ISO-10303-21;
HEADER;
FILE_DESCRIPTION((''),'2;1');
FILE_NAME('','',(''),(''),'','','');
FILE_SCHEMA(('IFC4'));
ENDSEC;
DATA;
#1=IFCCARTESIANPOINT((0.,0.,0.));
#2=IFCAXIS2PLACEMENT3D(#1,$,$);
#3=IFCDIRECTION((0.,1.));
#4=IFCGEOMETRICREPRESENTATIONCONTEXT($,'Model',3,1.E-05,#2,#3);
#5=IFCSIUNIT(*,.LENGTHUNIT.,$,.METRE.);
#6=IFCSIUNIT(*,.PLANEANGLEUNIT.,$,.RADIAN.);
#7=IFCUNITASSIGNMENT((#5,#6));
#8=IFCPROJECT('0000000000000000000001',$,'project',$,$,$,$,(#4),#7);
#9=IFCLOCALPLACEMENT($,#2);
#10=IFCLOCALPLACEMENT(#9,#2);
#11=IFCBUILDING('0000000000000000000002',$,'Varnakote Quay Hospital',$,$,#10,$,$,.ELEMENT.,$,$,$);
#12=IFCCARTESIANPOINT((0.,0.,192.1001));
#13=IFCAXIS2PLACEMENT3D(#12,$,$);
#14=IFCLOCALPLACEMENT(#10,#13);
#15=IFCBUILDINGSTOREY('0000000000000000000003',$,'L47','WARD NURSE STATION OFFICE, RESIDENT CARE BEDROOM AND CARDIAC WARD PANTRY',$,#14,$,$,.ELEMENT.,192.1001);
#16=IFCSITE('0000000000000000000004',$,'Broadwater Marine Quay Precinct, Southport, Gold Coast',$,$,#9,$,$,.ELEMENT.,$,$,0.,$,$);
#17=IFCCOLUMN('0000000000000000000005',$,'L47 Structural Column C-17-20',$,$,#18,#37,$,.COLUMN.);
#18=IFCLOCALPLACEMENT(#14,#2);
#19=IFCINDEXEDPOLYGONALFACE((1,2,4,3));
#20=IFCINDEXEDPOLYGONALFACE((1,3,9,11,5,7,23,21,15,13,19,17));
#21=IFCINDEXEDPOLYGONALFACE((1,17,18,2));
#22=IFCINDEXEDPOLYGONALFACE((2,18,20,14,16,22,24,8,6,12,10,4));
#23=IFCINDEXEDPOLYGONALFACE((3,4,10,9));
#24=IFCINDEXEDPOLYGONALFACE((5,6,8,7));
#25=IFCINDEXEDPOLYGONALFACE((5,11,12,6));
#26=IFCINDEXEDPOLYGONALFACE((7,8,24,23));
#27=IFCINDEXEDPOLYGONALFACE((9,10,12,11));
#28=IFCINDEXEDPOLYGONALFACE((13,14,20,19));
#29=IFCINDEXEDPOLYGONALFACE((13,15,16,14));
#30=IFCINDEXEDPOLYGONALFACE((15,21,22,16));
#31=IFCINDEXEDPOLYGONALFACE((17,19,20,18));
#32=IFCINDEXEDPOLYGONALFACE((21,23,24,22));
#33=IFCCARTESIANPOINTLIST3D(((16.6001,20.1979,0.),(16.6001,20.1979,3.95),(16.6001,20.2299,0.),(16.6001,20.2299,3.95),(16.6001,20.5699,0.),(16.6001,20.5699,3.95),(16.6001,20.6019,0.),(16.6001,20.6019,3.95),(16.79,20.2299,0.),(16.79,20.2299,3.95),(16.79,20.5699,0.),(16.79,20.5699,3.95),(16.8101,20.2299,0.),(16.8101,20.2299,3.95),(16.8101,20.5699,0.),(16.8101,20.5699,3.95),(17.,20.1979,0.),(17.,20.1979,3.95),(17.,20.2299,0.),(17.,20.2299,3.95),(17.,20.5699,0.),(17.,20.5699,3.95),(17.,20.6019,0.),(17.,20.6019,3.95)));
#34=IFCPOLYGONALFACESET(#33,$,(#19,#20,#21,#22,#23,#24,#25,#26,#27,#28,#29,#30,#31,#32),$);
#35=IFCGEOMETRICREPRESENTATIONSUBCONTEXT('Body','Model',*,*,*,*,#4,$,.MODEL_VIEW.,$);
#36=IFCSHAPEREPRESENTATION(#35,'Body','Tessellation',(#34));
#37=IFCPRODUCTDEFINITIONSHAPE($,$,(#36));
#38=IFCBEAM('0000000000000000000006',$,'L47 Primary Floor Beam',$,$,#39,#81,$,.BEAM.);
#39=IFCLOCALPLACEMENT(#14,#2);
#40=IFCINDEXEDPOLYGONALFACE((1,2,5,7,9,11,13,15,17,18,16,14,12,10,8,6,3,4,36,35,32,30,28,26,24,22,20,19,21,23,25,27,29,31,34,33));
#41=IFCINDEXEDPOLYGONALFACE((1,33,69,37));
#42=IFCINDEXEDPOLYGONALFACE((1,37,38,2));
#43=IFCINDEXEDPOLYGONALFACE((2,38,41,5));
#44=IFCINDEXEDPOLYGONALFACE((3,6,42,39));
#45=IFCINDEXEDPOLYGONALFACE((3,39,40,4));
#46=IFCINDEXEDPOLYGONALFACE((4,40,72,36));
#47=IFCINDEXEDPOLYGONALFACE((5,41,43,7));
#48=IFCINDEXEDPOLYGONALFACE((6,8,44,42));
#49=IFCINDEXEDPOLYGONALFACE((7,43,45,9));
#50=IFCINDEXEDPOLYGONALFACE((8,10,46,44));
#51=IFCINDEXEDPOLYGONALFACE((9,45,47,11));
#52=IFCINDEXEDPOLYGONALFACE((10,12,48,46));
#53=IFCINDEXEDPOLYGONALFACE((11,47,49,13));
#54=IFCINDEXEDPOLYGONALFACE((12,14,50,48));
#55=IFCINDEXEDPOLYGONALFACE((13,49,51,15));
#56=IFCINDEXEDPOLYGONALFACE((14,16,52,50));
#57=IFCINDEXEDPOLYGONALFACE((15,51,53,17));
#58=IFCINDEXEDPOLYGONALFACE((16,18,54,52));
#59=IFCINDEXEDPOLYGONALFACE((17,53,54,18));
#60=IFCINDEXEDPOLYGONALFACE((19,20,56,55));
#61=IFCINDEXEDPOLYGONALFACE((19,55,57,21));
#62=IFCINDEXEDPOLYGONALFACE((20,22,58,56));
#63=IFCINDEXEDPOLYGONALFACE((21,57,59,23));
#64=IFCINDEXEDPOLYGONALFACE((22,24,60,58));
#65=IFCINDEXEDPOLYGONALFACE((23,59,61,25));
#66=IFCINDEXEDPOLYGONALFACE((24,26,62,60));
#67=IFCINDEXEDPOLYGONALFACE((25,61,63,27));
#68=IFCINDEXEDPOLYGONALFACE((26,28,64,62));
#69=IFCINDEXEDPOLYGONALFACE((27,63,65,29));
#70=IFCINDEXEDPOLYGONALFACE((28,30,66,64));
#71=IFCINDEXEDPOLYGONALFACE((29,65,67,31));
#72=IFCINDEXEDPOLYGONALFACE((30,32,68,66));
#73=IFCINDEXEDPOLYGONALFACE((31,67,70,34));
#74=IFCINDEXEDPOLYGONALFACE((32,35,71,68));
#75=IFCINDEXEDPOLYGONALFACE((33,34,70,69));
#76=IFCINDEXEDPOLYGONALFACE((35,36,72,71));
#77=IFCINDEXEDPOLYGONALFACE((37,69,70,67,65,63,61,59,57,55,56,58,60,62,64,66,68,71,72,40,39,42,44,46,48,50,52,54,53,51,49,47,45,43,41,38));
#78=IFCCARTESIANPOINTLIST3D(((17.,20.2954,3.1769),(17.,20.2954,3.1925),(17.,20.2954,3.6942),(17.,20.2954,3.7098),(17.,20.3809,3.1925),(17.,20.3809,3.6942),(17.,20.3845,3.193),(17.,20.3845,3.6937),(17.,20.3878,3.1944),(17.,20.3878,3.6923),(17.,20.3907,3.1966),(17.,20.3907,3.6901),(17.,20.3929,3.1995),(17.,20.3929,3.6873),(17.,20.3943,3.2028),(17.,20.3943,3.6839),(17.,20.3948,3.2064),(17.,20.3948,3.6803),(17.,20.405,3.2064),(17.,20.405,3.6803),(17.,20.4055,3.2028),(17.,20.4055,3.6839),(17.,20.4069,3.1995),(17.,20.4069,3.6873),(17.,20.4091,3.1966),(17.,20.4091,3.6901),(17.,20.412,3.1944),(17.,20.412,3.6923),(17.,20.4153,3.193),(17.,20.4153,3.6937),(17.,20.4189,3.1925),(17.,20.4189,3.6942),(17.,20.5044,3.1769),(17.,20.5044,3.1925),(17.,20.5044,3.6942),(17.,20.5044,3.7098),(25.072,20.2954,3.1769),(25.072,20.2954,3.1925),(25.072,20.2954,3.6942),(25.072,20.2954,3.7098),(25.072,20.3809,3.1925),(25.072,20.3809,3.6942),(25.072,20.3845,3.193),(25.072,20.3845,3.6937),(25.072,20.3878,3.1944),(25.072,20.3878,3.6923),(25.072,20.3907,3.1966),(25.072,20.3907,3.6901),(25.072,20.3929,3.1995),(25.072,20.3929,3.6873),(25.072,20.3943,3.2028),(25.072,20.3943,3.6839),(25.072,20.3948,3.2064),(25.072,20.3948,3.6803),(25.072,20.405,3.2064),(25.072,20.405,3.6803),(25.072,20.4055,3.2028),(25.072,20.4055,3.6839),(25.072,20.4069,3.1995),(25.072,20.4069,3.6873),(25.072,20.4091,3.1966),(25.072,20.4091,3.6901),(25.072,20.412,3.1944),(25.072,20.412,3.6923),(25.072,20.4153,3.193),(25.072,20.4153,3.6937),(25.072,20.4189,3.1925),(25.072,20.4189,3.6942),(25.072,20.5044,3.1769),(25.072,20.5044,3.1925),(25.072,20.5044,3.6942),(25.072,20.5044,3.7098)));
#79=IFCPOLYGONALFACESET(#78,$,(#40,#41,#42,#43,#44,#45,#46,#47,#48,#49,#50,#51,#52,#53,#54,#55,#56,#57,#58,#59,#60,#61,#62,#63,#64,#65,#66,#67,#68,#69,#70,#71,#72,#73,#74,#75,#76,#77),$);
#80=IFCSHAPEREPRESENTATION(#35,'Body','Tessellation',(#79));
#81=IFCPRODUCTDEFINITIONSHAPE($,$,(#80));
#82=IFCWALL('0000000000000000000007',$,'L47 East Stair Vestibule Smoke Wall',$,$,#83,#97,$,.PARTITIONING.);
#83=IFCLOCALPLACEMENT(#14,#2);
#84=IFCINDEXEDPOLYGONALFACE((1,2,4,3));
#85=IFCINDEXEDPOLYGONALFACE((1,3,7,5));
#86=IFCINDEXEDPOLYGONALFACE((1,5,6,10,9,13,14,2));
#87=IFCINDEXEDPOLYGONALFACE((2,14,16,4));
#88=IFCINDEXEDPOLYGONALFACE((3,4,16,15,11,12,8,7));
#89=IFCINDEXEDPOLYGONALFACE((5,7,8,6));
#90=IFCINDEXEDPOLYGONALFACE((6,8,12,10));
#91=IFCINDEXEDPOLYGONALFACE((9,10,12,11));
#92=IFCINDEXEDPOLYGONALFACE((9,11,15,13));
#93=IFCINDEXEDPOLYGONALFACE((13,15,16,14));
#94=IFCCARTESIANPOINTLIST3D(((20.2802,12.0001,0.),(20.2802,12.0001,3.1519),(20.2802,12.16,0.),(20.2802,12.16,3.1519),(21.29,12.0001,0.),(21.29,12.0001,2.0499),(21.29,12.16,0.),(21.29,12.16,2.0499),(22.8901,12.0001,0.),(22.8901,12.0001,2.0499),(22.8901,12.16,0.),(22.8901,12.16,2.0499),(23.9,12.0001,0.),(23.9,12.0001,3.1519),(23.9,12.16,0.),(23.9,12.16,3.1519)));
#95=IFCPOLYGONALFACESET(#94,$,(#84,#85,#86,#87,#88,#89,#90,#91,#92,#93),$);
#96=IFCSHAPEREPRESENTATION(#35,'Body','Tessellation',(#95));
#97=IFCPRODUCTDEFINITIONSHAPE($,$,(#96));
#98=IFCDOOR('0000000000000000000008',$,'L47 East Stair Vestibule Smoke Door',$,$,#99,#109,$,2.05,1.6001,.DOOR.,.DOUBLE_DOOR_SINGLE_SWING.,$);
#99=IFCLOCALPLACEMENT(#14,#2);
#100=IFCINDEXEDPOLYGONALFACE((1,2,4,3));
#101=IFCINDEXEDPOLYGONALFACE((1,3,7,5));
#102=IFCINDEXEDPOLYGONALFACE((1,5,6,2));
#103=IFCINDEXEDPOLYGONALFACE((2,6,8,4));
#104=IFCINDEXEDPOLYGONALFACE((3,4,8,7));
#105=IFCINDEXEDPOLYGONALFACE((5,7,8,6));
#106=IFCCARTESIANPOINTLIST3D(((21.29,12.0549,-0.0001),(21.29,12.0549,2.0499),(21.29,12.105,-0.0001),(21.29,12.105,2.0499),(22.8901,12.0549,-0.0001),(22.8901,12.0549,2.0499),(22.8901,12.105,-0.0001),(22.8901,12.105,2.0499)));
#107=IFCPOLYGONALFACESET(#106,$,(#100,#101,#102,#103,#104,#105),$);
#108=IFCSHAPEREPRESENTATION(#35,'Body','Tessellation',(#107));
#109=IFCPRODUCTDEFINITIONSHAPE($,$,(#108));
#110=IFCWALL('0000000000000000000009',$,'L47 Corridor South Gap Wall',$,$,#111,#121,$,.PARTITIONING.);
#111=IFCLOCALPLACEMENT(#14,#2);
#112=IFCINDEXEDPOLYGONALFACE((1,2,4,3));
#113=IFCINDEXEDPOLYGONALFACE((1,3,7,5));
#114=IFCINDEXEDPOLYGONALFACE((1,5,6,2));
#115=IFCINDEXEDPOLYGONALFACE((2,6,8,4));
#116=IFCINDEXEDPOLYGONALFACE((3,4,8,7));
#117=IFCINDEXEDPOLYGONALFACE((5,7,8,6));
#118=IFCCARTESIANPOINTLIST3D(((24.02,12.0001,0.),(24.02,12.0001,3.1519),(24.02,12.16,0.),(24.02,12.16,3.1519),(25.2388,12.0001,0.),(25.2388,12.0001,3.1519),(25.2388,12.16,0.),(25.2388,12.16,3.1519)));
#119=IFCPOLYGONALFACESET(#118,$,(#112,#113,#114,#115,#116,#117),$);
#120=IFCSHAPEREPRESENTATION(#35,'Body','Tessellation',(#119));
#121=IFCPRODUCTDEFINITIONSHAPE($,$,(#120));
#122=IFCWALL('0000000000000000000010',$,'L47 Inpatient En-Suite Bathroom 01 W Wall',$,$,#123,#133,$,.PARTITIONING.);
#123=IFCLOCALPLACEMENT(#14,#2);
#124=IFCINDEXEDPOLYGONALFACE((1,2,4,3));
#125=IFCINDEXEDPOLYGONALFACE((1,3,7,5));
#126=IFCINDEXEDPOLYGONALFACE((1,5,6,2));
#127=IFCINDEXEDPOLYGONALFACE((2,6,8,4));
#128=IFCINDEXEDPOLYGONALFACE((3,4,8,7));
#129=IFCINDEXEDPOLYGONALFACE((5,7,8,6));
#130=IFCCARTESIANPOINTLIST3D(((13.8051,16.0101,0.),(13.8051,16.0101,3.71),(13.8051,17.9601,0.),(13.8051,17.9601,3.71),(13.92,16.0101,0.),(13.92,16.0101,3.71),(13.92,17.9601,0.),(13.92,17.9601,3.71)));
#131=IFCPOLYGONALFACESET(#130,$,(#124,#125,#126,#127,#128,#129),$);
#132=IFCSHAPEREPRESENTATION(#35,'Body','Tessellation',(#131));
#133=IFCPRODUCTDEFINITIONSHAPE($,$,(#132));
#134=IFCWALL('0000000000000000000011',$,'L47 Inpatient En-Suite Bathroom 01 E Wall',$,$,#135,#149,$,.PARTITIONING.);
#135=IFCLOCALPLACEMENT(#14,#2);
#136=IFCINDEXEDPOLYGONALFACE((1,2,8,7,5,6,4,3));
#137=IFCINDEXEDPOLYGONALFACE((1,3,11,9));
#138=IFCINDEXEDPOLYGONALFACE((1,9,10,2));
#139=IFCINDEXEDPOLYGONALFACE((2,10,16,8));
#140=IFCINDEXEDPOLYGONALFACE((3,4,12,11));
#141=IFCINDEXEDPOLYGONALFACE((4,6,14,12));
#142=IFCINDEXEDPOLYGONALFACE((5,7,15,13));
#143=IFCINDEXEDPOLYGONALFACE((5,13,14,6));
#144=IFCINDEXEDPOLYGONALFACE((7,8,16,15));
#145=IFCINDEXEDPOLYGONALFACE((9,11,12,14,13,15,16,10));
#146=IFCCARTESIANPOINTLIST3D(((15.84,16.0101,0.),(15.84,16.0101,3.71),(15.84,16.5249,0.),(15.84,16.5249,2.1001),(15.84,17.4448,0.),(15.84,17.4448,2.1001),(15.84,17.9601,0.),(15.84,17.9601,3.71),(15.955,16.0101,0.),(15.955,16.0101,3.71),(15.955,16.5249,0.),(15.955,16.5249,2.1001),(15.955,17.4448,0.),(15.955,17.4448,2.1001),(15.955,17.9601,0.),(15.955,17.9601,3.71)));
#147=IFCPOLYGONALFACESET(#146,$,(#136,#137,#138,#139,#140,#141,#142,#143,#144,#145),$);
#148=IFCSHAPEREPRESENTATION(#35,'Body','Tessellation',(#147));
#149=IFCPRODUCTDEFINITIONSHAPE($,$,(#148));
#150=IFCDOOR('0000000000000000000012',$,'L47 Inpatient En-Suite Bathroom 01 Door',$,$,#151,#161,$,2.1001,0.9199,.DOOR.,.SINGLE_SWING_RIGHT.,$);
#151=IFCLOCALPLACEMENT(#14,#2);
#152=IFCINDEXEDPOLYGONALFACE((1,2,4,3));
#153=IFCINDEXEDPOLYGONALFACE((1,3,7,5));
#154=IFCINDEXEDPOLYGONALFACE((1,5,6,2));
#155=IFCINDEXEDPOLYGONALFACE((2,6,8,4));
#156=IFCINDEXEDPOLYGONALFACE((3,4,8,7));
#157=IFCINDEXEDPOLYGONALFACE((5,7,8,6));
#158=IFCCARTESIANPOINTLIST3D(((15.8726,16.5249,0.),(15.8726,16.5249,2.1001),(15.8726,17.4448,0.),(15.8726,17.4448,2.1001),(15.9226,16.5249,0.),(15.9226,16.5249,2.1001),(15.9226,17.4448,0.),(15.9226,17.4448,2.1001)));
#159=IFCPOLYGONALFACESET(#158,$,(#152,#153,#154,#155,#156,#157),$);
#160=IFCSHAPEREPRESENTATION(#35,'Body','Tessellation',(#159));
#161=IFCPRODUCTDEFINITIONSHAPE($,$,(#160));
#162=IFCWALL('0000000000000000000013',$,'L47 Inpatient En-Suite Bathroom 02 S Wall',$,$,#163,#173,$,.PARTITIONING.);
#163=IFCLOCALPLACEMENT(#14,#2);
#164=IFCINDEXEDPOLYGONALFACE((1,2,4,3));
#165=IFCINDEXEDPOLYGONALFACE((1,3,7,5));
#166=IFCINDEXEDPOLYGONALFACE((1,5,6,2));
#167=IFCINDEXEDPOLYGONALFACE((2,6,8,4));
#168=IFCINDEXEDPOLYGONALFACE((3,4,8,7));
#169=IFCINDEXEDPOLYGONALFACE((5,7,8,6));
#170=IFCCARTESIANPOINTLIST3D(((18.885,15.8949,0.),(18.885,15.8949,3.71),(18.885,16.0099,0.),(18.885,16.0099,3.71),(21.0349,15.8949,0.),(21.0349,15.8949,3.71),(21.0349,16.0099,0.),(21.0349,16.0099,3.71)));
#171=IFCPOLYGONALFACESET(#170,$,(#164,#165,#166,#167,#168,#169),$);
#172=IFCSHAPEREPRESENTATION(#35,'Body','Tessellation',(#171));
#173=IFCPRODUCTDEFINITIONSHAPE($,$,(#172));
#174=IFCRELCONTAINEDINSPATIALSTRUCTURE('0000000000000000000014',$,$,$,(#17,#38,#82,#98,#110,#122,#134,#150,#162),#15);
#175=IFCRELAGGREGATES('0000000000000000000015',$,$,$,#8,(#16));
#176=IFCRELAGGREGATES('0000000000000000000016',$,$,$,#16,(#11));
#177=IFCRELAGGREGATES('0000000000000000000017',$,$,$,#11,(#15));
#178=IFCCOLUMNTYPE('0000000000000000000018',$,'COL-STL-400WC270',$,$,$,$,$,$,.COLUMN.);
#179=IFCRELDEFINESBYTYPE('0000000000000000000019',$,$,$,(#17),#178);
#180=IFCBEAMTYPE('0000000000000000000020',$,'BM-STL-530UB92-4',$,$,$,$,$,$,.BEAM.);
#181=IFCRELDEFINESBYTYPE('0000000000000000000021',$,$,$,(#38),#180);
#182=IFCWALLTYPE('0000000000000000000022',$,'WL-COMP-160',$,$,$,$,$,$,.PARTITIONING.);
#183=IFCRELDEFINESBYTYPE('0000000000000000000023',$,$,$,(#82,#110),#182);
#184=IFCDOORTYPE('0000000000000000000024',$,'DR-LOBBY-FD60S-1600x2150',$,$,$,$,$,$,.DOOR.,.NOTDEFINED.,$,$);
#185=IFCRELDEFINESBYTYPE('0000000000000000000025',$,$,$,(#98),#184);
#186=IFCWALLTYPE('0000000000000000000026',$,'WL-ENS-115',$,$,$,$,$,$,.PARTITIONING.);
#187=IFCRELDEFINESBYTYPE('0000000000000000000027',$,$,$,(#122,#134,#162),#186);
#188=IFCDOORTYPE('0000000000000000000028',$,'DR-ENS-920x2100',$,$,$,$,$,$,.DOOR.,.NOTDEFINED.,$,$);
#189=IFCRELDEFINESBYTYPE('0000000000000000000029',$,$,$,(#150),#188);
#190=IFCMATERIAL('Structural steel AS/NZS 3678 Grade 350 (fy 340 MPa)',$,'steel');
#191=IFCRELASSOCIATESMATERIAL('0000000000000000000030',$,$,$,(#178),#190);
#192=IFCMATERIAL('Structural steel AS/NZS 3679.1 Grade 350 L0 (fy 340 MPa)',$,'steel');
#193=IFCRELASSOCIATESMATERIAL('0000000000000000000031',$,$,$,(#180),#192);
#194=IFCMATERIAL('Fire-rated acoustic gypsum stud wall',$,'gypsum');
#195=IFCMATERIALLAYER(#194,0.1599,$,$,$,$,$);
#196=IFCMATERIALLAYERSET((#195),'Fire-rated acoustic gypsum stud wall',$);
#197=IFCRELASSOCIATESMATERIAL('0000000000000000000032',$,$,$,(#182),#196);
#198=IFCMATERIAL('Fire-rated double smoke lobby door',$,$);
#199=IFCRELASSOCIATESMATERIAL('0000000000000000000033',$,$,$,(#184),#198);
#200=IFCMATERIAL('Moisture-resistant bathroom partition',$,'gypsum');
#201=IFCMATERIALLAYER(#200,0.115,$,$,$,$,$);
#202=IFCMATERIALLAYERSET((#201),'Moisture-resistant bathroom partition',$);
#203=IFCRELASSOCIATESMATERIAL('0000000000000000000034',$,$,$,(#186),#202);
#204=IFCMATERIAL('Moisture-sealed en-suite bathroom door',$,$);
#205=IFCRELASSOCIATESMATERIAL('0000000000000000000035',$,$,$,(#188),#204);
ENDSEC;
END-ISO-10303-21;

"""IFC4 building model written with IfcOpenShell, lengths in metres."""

from ifc_helpers import new_model, si_unit, direction, frame, frame_2d, origin, origin_2d, place, context, subcontext, project, spatial, rectangle, i_section, extrude, material, layer, layer_set, material_profile, profile_set, type_object, element, fill, save


model = new_model("IFC4")

# Units and contexts
model_context = context("Model", 3, precision=1e-05, world=origin(), true_north=direction((0.0, 1.0)))
body_context = subcontext(model_context, "Body", "Model", "MODEL_VIEW")
ifc_project = project(units=[si_unit("LENGTHUNIT", "METRE"), si_unit("PLANEANGLEUNIT", "RADIAN")], contexts=[model_context])

# Site, building, storey
site_placement = place(None, origin())
site = spatial("IfcSite", under=ifc_project, at=site_placement, Name="Broadwater Marine Quay Precinct, Southport, Gold Coast", CompositionType="ELEMENT", RefElevation=0.0)
building_placement = place(site_placement, origin())
building = spatial("IfcBuilding", under=site, at=building_placement, Name="Varnakote Quay Hospital", CompositionType="ELEMENT")
storey_placement = place(building_placement, frame((0.0, 0.0, 192.1001)))
storey = spatial("IfcBuildingStorey", under=building, at=storey_placement, Name="L47", Description="WARD NURSE STATION OFFICE, RESIDENT CARE BEDROOM AND CARDIAC WARD PANTRY", CompositionType="ELEMENT", Elevation=192.1001)

# Column
ifc_material_1 = material(Name="Structural steel AS/NZS 3678 Grade 350 (fy 340 MPa)", Category="steel")
ifc_material_profile_1 = material_profile(ifc_material_1, i_section(OverallWidth=0.3999, OverallDepth=0.4041, WebThickness=0.02, FlangeThickness=0.032, at=origin_2d()), Name="400WC270")
ifc_profile_set_1 = profile_set([ifc_material_profile_1], Name="Structural steel AS/NZS 3678 Grade 350 (fy 340 MPa)")
column_type = type_object("IfcColumnType", Name="COL-STL-400WC270", PredefinedType="COLUMN", material=ifc_profile_set_1)
column_placement = place(storey_placement, frame((16.8, 20.3999, 0.0), z_axis=(0.0, 0.0, 1.0), x_axis=(1.0, 0.0, 0.0)))
element("IfcColumn", 1, at=column_placement, inside=storey, type_object=column_type, Name="L47 Structural Column C-17-20", PredefinedType="COLUMN", context=body_context, shape_type="SweptSolid", body=[
    extrude(i_section(OverallWidth=0.3999, OverallDepth=0.4041, WebThickness=0.02, FlangeThickness=0.032, at=origin_2d()), origin(), (0.0, 0.0, 1.0), 3.95),
])

# Beam
ifc_material_2 = material(Name="Structural steel AS/NZS 3679.1 Grade 350 L0 (fy 340 MPa)", Category="steel")
ifc_material_profile_2 = material_profile(ifc_material_2, i_section(OverallWidth=0.209, OverallDepth=0.533, WebThickness=0.0103, FlangeThickness=0.0156, FilletRadius=0.0139, at=origin_2d()), Name="530UB92.4")
ifc_profile_set_2 = profile_set([ifc_material_profile_2], Name="Structural steel AS/NZS 3679.1 Grade 350 L0 (fy 340 MPa)")
beam_type = type_object("IfcBeamType", Name="BM-STL-530UB92-4", PredefinedType="BEAM", material=ifc_profile_set_2)
beam_placement = place(storey_placement, frame((17.0, 20.3999, 3.4434), z_axis=(1.0, 0.0, 0.0), x_axis=(0.0, 1.0, 0.0)))
element("IfcBeam", 2, at=beam_placement, inside=storey, type_object=beam_type, Name="L47 Primary Floor Beam", PredefinedType="BEAM", context=body_context, shape_type="SweptSolid", body=[
    extrude(i_section(OverallWidth=0.209, OverallDepth=0.533, WebThickness=0.0103, FlangeThickness=0.0156, FilletRadius=0.0139, at=origin_2d()), origin(), (0.0, 0.0, 1.0), 8.072),
])

# Wall, opening, door
ifc_material_3 = material(Name="Fire-rated acoustic gypsum stud wall", Category="gypsum")
ifc_layer_1 = layer(ifc_material_3, 0.1599)
ifc_layer_set_1 = layer_set([ifc_layer_1], Name="Fire-rated acoustic gypsum stud wall")
wall_type_1 = type_object("IfcWallType", Name="WL-COMP-160", PredefinedType="PARTITIONING", material=ifc_layer_set_1)
wall_1_placement = place(storey_placement, frame((20.28, 12.0801, 0.0), z_axis=(0.0, 0.0, 1.0), x_axis=(1.0, 0.0, 0.0)))
wall_1 = element("IfcWall", 3, at=wall_1_placement, inside=storey, type_object=wall_type_1, Name="L47 East Stair Vestibule Smoke Wall", PredefinedType="PARTITIONING", context=body_context, shape_type="SweptSolid", body=[
    extrude(rectangle(XDim=3.6199, YDim=0.1599, at=frame_2d((1.8101, 0.0))), origin(), (0.0, 0.0, 1.0), 3.1519),
])
opening_1_placement = place(wall_1_placement, frame((1.01, 0.0, 0.0)))
opening_1 = element("IfcOpeningElement", 4, at=opening_1_placement, cuts=wall_1, PredefinedType="OPENING", context=body_context, shape_type="SweptSolid", body=[
    extrude(rectangle(XDim=1.6001, YDim=2.05, at=frame_2d((0.8, 1.0249))), frame((0.0, 0.0898, 0.0), z_axis=(0.0, -1.0, 0.0), x_axis=(1.0, 0.0, 0.0)), (0.0, 0.0, 1.0), 0.1799),
])
ifc_material_4 = material(Name="Fire-rated double smoke lobby door")
door_type_1 = type_object("IfcDoorType", Name="DR-LOBBY-FD60S-1600x2150", OperationType="NOTDEFINED", PredefinedType="DOOR", material=ifc_material_4)
door_1_placement = place(opening_1_placement, origin())
door_1 = element("IfcDoor", 5, at=door_1_placement, inside=storey, type_object=door_type_1, Name="L47 East Stair Vestibule Smoke Door", OperationType="DOUBLE_DOOR_SINGLE_SWING", OverallHeight=2.05, OverallWidth=1.6001, PredefinedType="DOOR", context=body_context, shape_type="SweptSolid", body=[
    extrude(rectangle(XDim=1.6001, YDim=2.05, at=frame_2d((0.8, 1.0249))), frame((0.0, 0.0249, 0.0), z_axis=(0.0, -1.0, 0.0), x_axis=(1.0, 0.0, 0.0)), (0.0, 0.0, 1.0), 0.05),
])
fill(opening_1, door_1)

# Walls
wall_2_placement = place(storey_placement, frame((24.02, 12.0801, 0.0), z_axis=(0.0, 0.0, 1.0), x_axis=(1.0, 0.0, 0.0)))
element("IfcWall", 6, at=wall_2_placement, inside=storey, type_object=wall_type_1, Name="L47 Corridor South Gap Wall", PredefinedType="PARTITIONING", context=body_context, shape_type="SweptSolid", body=[
    extrude(rectangle(XDim=1.2188, YDim=0.1599, at=frame_2d((0.6094, 0.0))), origin(), (0.0, 0.0, 1.0), 3.1519),
])
ifc_material_5 = material(Name="Moisture-resistant bathroom partition", Category="gypsum")
ifc_layer_2 = layer(ifc_material_5, 0.115)
ifc_layer_set_2 = layer_set([ifc_layer_2], Name="Moisture-resistant bathroom partition")
wall_type_2 = type_object("IfcWallType", Name="WL-ENS-115", PredefinedType="PARTITIONING", material=ifc_layer_set_2)
wall_3_placement = place(storey_placement, frame((13.8625, 16.01, 0.0), z_axis=(0.0, 0.0, 1.0), x_axis=(0.0, 1.0, 0.0)))
element("IfcWall", 7, at=wall_3_placement, inside=storey, type_object=wall_type_2, Name="L47 Inpatient En-Suite Bathroom 01 W Wall", PredefinedType="PARTITIONING", context=body_context, shape_type="SweptSolid", body=[
    extrude(rectangle(XDim=1.95, YDim=0.115, at=frame_2d((0.9751, 0.0))), origin(), (0.0, 0.0, 1.0), 3.71),
])

# Wall, opening, door
wall_4_placement = place(storey_placement, frame((15.8975, 16.01, 0.0), z_axis=(0.0, 0.0, 1.0), x_axis=(0.0, 1.0, 0.0)))
wall_4 = element("IfcWall", 8, at=wall_4_placement, inside=storey, type_object=wall_type_2, Name="L47 Inpatient En-Suite Bathroom 01 E Wall", PredefinedType="PARTITIONING", context=body_context, shape_type="SweptSolid", body=[
    extrude(rectangle(XDim=1.95, YDim=0.115, at=frame_2d((0.9751, 0.0))), origin(), (0.0, 0.0, 1.0), 3.71),
])
opening_2_placement = place(wall_4_placement, frame((0.5149, 0.0, 0.0)))
opening_2 = element("IfcOpeningElement", 9, at=opening_2_placement, cuts=wall_4, PredefinedType="OPENING", context=body_context, shape_type="SweptSolid", body=[
    extrude(rectangle(XDim=0.9199, YDim=2.1001, at=frame_2d((0.46, 1.05))), frame((0.0, 0.0674, 0.0), z_axis=(0.0, -1.0, 0.0), x_axis=(1.0, 0.0, 0.0)), (0.0, 0.0, 1.0), 0.135),
])
ifc_material_6 = material(Name="Moisture-sealed en-suite bathroom door")
door_type_2 = type_object("IfcDoorType", Name="DR-ENS-920x2100", OperationType="NOTDEFINED", PredefinedType="DOOR", material=ifc_material_6)
door_2_placement = place(opening_2_placement, origin())
door_2 = element("IfcDoor", 10, at=door_2_placement, inside=storey, type_object=door_type_2, Name="L47 Inpatient En-Suite Bathroom 01 Door", OperationType="SINGLE_SWING_RIGHT", OverallHeight=2.1001, OverallWidth=0.9199, PredefinedType="DOOR", context=body_context, shape_type="SweptSolid", body=[
    extrude(rectangle(XDim=0.9199, YDim=2.1001, at=frame_2d((0.46, 1.05))), frame((0.0, 0.0249, 0.0), z_axis=(0.0, -1.0, 0.0), x_axis=(1.0, 0.0, 0.0)), (0.0, 0.0, 1.0), 0.05),
])
fill(opening_2, door_2)

# Wall
for number, where, z_axis, x_axis, name in (
    (11, (18.885, 15.9524, 0.0), (0.0, 0.0, 1.0), (1.0, 0.0, 0.0), "L47 Inpatient En-Suite Bathroom 02 S Wall"),
):
    element("IfcWall", number, at=place(storey_placement, frame(where, z_axis=z_axis, x_axis=x_axis)), inside=storey, type_object=wall_type_2, Name=name, PredefinedType="PARTITIONING", context=body_context, shape_type="SweptSolid", body=[
        extrude(rectangle(XDim=2.1499, YDim=0.115, at=frame_2d((1.075, 0.0))), origin(), (0.0, 0.0, 1.0), 3.71),
    ])

save(model, "model.ifc")
